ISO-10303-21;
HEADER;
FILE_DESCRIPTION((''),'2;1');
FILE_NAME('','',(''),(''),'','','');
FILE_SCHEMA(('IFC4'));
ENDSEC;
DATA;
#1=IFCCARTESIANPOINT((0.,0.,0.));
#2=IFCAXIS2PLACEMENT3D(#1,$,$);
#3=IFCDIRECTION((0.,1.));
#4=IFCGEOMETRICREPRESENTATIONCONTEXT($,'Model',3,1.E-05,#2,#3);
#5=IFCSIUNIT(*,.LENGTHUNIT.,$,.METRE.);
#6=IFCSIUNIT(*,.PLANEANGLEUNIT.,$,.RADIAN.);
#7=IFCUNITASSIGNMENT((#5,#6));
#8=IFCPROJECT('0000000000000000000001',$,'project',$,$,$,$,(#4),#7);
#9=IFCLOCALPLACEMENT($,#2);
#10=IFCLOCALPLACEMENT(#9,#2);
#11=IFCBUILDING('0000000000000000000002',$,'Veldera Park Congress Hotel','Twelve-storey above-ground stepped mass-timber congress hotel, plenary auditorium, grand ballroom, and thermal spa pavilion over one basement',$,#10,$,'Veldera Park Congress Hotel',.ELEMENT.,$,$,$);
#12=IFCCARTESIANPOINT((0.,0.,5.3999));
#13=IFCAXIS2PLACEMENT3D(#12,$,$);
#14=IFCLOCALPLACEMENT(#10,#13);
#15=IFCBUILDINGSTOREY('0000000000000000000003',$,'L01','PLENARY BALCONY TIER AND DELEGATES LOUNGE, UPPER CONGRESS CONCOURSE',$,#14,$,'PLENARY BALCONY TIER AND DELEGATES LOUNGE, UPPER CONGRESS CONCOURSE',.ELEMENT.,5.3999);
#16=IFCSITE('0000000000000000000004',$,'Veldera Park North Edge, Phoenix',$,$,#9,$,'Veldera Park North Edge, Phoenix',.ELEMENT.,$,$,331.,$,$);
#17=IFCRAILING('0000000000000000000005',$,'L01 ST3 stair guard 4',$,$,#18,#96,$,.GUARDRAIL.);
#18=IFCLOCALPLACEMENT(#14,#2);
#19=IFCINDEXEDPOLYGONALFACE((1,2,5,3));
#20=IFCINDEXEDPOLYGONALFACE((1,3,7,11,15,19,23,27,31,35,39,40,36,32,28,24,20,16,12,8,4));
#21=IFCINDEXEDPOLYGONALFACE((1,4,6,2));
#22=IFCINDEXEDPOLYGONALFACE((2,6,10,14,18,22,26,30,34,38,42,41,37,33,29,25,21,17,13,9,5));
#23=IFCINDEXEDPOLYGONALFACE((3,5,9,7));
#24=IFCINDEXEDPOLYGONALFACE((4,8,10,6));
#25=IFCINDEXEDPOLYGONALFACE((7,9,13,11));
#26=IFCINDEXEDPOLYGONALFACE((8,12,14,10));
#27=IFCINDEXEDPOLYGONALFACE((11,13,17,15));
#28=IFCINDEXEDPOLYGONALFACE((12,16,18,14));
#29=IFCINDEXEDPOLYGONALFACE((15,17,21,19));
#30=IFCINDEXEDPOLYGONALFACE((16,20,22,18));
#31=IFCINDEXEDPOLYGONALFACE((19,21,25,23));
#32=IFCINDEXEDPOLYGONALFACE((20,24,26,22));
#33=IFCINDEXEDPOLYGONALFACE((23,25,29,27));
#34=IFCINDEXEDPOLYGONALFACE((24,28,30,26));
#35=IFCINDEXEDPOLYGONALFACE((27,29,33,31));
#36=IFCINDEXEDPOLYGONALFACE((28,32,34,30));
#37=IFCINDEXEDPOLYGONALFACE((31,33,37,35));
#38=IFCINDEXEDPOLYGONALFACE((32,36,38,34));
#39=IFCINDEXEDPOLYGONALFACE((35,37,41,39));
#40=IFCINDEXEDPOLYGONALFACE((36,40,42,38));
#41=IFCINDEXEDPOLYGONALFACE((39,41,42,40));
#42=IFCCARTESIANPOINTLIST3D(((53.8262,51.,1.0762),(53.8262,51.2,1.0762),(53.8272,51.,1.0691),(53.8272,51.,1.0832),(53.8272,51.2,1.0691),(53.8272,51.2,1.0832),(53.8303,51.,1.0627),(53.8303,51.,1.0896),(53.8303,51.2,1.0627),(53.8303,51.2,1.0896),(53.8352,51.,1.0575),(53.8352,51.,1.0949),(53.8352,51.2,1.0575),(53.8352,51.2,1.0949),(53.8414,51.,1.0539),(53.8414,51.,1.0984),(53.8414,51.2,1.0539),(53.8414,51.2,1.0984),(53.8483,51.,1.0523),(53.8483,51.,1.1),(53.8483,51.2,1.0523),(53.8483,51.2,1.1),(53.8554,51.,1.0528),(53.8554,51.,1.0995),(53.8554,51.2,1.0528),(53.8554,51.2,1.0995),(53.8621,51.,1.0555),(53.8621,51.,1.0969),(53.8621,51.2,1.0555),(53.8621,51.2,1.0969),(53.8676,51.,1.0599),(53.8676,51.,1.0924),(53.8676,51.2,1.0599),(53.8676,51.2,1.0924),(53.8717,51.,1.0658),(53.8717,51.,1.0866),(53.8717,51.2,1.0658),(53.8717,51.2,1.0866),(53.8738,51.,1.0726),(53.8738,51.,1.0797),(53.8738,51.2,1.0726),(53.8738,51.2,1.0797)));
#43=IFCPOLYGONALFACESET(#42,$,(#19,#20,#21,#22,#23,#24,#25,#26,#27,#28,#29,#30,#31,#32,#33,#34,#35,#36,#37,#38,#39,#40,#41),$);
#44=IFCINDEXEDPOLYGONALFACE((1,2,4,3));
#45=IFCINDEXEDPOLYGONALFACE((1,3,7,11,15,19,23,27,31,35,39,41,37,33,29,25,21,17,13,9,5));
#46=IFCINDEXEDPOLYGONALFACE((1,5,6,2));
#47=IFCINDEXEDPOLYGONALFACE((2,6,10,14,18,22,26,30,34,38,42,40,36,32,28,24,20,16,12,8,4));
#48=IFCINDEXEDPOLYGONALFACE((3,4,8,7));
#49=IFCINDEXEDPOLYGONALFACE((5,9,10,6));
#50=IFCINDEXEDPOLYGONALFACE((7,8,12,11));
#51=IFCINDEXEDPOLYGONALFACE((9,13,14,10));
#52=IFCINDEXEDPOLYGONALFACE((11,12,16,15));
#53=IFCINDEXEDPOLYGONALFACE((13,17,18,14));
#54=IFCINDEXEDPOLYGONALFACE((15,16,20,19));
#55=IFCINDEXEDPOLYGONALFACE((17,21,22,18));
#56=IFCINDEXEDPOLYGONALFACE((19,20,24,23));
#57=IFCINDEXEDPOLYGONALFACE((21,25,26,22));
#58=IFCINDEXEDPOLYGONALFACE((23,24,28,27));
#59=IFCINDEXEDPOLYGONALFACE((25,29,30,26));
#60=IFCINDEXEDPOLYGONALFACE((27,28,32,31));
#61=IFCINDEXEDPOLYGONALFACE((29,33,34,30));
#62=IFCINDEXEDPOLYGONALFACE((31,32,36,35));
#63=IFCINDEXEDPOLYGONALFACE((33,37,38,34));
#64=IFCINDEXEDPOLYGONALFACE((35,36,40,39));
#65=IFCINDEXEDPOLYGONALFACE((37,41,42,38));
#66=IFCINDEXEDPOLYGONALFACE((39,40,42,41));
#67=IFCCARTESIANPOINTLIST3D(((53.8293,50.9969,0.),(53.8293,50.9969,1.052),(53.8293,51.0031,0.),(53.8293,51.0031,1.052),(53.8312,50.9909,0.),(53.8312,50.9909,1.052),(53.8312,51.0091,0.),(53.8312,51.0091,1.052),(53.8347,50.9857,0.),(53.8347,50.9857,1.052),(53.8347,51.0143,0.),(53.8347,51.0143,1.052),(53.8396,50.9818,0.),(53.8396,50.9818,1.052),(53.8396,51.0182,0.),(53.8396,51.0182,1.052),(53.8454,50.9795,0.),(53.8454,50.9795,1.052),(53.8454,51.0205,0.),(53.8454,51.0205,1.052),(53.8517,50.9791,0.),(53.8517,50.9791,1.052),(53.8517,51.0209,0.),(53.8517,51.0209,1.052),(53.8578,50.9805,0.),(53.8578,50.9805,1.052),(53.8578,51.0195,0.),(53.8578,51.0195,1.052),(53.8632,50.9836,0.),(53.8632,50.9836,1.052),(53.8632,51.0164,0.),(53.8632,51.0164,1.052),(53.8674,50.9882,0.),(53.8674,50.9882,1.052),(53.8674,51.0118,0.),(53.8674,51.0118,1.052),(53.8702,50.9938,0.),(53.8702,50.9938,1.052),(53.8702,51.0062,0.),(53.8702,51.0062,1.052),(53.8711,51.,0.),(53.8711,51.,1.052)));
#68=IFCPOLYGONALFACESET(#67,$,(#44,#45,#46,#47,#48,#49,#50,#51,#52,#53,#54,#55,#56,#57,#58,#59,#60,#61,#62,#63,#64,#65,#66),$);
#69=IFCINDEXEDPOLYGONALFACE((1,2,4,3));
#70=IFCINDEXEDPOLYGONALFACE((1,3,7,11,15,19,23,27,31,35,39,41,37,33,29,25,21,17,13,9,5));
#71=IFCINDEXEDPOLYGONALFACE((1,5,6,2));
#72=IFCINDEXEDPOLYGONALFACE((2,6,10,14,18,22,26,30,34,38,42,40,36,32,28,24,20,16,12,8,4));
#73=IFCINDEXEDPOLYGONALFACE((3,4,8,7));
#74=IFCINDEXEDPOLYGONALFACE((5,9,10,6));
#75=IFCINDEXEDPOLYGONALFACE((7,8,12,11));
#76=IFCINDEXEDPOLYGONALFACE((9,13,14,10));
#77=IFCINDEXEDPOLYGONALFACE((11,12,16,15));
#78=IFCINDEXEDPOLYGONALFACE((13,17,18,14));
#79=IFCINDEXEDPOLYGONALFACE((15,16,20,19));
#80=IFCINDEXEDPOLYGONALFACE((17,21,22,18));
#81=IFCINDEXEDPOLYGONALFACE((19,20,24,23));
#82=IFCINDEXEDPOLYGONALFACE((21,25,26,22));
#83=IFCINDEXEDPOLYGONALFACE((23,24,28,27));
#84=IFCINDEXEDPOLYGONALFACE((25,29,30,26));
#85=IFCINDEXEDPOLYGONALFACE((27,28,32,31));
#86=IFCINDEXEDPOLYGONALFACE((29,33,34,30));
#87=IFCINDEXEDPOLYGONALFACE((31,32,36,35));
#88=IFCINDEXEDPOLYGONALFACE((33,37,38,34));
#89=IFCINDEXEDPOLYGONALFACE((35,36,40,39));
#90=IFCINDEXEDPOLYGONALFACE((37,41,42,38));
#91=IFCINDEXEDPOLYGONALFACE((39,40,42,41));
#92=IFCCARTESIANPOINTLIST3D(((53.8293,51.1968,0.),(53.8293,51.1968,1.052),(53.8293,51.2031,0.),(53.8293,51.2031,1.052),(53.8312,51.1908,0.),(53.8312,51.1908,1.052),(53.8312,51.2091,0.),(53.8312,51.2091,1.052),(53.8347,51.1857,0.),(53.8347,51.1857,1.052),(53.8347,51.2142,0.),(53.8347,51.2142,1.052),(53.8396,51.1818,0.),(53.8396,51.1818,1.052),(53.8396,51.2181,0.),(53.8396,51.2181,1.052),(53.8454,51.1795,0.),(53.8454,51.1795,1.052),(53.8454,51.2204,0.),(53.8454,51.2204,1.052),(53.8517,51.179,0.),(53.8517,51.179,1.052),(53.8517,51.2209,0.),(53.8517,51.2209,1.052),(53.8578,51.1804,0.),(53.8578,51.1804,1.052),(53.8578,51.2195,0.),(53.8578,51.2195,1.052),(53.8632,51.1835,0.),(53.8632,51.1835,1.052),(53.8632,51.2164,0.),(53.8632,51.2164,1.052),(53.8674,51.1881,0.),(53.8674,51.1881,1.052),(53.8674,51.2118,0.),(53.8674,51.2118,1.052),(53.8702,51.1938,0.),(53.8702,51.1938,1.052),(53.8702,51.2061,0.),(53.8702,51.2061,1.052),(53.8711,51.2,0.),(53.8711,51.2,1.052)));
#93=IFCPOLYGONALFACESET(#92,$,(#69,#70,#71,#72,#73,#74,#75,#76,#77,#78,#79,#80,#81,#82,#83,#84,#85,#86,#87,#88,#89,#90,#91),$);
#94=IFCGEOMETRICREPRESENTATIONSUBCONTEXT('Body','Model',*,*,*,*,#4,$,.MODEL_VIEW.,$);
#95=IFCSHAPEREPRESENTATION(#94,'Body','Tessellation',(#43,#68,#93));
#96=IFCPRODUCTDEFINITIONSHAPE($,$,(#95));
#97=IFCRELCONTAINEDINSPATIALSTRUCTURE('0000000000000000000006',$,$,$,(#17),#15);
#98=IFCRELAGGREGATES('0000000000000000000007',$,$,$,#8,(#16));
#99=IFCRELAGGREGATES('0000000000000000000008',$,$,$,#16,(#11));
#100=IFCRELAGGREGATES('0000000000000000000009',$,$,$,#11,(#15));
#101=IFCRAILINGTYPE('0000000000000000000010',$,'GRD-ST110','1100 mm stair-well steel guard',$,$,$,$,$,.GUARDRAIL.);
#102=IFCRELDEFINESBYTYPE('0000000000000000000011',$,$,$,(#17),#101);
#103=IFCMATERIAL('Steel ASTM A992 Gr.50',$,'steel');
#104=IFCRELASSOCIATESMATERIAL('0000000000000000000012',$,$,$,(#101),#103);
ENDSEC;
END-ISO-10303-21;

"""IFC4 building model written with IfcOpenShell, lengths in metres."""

from ifc_helpers import new_model, si_unit, direction, frame, origin, origin_2d, place, context, subcontext, project, spatial, circle, extrude, material, type_object, element, save


model = new_model("IFC4")

# Units and contexts
model_context = context("Model", 3, precision=1e-05, world=origin(), true_north=direction((0.0, 1.0)))
body_context = subcontext(model_context, "Body", "Model", "MODEL_VIEW")
ifc_project = project(units=[si_unit("LENGTHUNIT", "METRE"), si_unit("PLANEANGLEUNIT", "RADIAN")], contexts=[model_context])

# Site, building, storey
site_placement = place(None, origin())
site = spatial("IfcSite", under=ifc_project, at=site_placement, Name="Veldera Park North Edge, Phoenix", LongName="Veldera Park North Edge, Phoenix", CompositionType="ELEMENT", RefElevation=331.0)
building_placement = place(site_placement, origin())
building = spatial("IfcBuilding", under=site, at=building_placement, Name="Veldera Park Congress Hotel", Description="Twelve-storey above-ground stepped mass-timber congress hotel, plenary auditorium, grand ballroom, and thermal spa pavilion over one basement", LongName="Veldera Park Congress Hotel", CompositionType="ELEMENT")
storey_placement = place(building_placement, frame((0.0, 0.0, 5.3999)))
storey = spatial("IfcBuildingStorey", under=building, at=storey_placement, Name="L01", Description="PLENARY BALCONY TIER AND DELEGATES LOUNGE, UPPER CONGRESS CONCOURSE", LongName="PLENARY BALCONY TIER AND DELEGATES LOUNGE, UPPER CONGRESS CONCOURSE", CompositionType="ELEMENT", Elevation=5.3999)

# Shared definitions
ifc_material_1 = material(Name="Steel ASTM A992 Gr.50", Category="steel")

# Railing
railing_type_1 = type_object("IfcRailingType", Name="GRD-ST110", Description="1100 mm stair-well steel guard", PredefinedType="GUARDRAIL", material=ifc_material_1)
railing_1_placement = place(storey_placement, frame((53.8501, 51.0, 0.0)))
element("IfcRailing", 1, at=railing_1_placement, inside=storey, type_object=railing_type_1, Name="L01 ST3 stair guard 4", PredefinedType="GUARDRAIL", context=body_context, shape_type="SweptSolid", body=[
    extrude(circle(Radius=0.0239, at=origin_2d()), frame((0.0, 0.0, 1.0762), z_axis=(0.0, 1.0, 0.0), x_axis=(-1.0, 0.0, 0.0)), (0.0, 0.0, 1.0), 0.2),
    extrude(circle(Radius=0.021, at=origin_2d()), origin(), (0.0, 0.0, 1.0), 1.052),
    extrude(circle(Radius=0.021, at=origin_2d()), frame((0.0, 0.2, 0.0)), (0.0, 0.0, 1.0), 1.052),
])

save(model, "model.ifc")
